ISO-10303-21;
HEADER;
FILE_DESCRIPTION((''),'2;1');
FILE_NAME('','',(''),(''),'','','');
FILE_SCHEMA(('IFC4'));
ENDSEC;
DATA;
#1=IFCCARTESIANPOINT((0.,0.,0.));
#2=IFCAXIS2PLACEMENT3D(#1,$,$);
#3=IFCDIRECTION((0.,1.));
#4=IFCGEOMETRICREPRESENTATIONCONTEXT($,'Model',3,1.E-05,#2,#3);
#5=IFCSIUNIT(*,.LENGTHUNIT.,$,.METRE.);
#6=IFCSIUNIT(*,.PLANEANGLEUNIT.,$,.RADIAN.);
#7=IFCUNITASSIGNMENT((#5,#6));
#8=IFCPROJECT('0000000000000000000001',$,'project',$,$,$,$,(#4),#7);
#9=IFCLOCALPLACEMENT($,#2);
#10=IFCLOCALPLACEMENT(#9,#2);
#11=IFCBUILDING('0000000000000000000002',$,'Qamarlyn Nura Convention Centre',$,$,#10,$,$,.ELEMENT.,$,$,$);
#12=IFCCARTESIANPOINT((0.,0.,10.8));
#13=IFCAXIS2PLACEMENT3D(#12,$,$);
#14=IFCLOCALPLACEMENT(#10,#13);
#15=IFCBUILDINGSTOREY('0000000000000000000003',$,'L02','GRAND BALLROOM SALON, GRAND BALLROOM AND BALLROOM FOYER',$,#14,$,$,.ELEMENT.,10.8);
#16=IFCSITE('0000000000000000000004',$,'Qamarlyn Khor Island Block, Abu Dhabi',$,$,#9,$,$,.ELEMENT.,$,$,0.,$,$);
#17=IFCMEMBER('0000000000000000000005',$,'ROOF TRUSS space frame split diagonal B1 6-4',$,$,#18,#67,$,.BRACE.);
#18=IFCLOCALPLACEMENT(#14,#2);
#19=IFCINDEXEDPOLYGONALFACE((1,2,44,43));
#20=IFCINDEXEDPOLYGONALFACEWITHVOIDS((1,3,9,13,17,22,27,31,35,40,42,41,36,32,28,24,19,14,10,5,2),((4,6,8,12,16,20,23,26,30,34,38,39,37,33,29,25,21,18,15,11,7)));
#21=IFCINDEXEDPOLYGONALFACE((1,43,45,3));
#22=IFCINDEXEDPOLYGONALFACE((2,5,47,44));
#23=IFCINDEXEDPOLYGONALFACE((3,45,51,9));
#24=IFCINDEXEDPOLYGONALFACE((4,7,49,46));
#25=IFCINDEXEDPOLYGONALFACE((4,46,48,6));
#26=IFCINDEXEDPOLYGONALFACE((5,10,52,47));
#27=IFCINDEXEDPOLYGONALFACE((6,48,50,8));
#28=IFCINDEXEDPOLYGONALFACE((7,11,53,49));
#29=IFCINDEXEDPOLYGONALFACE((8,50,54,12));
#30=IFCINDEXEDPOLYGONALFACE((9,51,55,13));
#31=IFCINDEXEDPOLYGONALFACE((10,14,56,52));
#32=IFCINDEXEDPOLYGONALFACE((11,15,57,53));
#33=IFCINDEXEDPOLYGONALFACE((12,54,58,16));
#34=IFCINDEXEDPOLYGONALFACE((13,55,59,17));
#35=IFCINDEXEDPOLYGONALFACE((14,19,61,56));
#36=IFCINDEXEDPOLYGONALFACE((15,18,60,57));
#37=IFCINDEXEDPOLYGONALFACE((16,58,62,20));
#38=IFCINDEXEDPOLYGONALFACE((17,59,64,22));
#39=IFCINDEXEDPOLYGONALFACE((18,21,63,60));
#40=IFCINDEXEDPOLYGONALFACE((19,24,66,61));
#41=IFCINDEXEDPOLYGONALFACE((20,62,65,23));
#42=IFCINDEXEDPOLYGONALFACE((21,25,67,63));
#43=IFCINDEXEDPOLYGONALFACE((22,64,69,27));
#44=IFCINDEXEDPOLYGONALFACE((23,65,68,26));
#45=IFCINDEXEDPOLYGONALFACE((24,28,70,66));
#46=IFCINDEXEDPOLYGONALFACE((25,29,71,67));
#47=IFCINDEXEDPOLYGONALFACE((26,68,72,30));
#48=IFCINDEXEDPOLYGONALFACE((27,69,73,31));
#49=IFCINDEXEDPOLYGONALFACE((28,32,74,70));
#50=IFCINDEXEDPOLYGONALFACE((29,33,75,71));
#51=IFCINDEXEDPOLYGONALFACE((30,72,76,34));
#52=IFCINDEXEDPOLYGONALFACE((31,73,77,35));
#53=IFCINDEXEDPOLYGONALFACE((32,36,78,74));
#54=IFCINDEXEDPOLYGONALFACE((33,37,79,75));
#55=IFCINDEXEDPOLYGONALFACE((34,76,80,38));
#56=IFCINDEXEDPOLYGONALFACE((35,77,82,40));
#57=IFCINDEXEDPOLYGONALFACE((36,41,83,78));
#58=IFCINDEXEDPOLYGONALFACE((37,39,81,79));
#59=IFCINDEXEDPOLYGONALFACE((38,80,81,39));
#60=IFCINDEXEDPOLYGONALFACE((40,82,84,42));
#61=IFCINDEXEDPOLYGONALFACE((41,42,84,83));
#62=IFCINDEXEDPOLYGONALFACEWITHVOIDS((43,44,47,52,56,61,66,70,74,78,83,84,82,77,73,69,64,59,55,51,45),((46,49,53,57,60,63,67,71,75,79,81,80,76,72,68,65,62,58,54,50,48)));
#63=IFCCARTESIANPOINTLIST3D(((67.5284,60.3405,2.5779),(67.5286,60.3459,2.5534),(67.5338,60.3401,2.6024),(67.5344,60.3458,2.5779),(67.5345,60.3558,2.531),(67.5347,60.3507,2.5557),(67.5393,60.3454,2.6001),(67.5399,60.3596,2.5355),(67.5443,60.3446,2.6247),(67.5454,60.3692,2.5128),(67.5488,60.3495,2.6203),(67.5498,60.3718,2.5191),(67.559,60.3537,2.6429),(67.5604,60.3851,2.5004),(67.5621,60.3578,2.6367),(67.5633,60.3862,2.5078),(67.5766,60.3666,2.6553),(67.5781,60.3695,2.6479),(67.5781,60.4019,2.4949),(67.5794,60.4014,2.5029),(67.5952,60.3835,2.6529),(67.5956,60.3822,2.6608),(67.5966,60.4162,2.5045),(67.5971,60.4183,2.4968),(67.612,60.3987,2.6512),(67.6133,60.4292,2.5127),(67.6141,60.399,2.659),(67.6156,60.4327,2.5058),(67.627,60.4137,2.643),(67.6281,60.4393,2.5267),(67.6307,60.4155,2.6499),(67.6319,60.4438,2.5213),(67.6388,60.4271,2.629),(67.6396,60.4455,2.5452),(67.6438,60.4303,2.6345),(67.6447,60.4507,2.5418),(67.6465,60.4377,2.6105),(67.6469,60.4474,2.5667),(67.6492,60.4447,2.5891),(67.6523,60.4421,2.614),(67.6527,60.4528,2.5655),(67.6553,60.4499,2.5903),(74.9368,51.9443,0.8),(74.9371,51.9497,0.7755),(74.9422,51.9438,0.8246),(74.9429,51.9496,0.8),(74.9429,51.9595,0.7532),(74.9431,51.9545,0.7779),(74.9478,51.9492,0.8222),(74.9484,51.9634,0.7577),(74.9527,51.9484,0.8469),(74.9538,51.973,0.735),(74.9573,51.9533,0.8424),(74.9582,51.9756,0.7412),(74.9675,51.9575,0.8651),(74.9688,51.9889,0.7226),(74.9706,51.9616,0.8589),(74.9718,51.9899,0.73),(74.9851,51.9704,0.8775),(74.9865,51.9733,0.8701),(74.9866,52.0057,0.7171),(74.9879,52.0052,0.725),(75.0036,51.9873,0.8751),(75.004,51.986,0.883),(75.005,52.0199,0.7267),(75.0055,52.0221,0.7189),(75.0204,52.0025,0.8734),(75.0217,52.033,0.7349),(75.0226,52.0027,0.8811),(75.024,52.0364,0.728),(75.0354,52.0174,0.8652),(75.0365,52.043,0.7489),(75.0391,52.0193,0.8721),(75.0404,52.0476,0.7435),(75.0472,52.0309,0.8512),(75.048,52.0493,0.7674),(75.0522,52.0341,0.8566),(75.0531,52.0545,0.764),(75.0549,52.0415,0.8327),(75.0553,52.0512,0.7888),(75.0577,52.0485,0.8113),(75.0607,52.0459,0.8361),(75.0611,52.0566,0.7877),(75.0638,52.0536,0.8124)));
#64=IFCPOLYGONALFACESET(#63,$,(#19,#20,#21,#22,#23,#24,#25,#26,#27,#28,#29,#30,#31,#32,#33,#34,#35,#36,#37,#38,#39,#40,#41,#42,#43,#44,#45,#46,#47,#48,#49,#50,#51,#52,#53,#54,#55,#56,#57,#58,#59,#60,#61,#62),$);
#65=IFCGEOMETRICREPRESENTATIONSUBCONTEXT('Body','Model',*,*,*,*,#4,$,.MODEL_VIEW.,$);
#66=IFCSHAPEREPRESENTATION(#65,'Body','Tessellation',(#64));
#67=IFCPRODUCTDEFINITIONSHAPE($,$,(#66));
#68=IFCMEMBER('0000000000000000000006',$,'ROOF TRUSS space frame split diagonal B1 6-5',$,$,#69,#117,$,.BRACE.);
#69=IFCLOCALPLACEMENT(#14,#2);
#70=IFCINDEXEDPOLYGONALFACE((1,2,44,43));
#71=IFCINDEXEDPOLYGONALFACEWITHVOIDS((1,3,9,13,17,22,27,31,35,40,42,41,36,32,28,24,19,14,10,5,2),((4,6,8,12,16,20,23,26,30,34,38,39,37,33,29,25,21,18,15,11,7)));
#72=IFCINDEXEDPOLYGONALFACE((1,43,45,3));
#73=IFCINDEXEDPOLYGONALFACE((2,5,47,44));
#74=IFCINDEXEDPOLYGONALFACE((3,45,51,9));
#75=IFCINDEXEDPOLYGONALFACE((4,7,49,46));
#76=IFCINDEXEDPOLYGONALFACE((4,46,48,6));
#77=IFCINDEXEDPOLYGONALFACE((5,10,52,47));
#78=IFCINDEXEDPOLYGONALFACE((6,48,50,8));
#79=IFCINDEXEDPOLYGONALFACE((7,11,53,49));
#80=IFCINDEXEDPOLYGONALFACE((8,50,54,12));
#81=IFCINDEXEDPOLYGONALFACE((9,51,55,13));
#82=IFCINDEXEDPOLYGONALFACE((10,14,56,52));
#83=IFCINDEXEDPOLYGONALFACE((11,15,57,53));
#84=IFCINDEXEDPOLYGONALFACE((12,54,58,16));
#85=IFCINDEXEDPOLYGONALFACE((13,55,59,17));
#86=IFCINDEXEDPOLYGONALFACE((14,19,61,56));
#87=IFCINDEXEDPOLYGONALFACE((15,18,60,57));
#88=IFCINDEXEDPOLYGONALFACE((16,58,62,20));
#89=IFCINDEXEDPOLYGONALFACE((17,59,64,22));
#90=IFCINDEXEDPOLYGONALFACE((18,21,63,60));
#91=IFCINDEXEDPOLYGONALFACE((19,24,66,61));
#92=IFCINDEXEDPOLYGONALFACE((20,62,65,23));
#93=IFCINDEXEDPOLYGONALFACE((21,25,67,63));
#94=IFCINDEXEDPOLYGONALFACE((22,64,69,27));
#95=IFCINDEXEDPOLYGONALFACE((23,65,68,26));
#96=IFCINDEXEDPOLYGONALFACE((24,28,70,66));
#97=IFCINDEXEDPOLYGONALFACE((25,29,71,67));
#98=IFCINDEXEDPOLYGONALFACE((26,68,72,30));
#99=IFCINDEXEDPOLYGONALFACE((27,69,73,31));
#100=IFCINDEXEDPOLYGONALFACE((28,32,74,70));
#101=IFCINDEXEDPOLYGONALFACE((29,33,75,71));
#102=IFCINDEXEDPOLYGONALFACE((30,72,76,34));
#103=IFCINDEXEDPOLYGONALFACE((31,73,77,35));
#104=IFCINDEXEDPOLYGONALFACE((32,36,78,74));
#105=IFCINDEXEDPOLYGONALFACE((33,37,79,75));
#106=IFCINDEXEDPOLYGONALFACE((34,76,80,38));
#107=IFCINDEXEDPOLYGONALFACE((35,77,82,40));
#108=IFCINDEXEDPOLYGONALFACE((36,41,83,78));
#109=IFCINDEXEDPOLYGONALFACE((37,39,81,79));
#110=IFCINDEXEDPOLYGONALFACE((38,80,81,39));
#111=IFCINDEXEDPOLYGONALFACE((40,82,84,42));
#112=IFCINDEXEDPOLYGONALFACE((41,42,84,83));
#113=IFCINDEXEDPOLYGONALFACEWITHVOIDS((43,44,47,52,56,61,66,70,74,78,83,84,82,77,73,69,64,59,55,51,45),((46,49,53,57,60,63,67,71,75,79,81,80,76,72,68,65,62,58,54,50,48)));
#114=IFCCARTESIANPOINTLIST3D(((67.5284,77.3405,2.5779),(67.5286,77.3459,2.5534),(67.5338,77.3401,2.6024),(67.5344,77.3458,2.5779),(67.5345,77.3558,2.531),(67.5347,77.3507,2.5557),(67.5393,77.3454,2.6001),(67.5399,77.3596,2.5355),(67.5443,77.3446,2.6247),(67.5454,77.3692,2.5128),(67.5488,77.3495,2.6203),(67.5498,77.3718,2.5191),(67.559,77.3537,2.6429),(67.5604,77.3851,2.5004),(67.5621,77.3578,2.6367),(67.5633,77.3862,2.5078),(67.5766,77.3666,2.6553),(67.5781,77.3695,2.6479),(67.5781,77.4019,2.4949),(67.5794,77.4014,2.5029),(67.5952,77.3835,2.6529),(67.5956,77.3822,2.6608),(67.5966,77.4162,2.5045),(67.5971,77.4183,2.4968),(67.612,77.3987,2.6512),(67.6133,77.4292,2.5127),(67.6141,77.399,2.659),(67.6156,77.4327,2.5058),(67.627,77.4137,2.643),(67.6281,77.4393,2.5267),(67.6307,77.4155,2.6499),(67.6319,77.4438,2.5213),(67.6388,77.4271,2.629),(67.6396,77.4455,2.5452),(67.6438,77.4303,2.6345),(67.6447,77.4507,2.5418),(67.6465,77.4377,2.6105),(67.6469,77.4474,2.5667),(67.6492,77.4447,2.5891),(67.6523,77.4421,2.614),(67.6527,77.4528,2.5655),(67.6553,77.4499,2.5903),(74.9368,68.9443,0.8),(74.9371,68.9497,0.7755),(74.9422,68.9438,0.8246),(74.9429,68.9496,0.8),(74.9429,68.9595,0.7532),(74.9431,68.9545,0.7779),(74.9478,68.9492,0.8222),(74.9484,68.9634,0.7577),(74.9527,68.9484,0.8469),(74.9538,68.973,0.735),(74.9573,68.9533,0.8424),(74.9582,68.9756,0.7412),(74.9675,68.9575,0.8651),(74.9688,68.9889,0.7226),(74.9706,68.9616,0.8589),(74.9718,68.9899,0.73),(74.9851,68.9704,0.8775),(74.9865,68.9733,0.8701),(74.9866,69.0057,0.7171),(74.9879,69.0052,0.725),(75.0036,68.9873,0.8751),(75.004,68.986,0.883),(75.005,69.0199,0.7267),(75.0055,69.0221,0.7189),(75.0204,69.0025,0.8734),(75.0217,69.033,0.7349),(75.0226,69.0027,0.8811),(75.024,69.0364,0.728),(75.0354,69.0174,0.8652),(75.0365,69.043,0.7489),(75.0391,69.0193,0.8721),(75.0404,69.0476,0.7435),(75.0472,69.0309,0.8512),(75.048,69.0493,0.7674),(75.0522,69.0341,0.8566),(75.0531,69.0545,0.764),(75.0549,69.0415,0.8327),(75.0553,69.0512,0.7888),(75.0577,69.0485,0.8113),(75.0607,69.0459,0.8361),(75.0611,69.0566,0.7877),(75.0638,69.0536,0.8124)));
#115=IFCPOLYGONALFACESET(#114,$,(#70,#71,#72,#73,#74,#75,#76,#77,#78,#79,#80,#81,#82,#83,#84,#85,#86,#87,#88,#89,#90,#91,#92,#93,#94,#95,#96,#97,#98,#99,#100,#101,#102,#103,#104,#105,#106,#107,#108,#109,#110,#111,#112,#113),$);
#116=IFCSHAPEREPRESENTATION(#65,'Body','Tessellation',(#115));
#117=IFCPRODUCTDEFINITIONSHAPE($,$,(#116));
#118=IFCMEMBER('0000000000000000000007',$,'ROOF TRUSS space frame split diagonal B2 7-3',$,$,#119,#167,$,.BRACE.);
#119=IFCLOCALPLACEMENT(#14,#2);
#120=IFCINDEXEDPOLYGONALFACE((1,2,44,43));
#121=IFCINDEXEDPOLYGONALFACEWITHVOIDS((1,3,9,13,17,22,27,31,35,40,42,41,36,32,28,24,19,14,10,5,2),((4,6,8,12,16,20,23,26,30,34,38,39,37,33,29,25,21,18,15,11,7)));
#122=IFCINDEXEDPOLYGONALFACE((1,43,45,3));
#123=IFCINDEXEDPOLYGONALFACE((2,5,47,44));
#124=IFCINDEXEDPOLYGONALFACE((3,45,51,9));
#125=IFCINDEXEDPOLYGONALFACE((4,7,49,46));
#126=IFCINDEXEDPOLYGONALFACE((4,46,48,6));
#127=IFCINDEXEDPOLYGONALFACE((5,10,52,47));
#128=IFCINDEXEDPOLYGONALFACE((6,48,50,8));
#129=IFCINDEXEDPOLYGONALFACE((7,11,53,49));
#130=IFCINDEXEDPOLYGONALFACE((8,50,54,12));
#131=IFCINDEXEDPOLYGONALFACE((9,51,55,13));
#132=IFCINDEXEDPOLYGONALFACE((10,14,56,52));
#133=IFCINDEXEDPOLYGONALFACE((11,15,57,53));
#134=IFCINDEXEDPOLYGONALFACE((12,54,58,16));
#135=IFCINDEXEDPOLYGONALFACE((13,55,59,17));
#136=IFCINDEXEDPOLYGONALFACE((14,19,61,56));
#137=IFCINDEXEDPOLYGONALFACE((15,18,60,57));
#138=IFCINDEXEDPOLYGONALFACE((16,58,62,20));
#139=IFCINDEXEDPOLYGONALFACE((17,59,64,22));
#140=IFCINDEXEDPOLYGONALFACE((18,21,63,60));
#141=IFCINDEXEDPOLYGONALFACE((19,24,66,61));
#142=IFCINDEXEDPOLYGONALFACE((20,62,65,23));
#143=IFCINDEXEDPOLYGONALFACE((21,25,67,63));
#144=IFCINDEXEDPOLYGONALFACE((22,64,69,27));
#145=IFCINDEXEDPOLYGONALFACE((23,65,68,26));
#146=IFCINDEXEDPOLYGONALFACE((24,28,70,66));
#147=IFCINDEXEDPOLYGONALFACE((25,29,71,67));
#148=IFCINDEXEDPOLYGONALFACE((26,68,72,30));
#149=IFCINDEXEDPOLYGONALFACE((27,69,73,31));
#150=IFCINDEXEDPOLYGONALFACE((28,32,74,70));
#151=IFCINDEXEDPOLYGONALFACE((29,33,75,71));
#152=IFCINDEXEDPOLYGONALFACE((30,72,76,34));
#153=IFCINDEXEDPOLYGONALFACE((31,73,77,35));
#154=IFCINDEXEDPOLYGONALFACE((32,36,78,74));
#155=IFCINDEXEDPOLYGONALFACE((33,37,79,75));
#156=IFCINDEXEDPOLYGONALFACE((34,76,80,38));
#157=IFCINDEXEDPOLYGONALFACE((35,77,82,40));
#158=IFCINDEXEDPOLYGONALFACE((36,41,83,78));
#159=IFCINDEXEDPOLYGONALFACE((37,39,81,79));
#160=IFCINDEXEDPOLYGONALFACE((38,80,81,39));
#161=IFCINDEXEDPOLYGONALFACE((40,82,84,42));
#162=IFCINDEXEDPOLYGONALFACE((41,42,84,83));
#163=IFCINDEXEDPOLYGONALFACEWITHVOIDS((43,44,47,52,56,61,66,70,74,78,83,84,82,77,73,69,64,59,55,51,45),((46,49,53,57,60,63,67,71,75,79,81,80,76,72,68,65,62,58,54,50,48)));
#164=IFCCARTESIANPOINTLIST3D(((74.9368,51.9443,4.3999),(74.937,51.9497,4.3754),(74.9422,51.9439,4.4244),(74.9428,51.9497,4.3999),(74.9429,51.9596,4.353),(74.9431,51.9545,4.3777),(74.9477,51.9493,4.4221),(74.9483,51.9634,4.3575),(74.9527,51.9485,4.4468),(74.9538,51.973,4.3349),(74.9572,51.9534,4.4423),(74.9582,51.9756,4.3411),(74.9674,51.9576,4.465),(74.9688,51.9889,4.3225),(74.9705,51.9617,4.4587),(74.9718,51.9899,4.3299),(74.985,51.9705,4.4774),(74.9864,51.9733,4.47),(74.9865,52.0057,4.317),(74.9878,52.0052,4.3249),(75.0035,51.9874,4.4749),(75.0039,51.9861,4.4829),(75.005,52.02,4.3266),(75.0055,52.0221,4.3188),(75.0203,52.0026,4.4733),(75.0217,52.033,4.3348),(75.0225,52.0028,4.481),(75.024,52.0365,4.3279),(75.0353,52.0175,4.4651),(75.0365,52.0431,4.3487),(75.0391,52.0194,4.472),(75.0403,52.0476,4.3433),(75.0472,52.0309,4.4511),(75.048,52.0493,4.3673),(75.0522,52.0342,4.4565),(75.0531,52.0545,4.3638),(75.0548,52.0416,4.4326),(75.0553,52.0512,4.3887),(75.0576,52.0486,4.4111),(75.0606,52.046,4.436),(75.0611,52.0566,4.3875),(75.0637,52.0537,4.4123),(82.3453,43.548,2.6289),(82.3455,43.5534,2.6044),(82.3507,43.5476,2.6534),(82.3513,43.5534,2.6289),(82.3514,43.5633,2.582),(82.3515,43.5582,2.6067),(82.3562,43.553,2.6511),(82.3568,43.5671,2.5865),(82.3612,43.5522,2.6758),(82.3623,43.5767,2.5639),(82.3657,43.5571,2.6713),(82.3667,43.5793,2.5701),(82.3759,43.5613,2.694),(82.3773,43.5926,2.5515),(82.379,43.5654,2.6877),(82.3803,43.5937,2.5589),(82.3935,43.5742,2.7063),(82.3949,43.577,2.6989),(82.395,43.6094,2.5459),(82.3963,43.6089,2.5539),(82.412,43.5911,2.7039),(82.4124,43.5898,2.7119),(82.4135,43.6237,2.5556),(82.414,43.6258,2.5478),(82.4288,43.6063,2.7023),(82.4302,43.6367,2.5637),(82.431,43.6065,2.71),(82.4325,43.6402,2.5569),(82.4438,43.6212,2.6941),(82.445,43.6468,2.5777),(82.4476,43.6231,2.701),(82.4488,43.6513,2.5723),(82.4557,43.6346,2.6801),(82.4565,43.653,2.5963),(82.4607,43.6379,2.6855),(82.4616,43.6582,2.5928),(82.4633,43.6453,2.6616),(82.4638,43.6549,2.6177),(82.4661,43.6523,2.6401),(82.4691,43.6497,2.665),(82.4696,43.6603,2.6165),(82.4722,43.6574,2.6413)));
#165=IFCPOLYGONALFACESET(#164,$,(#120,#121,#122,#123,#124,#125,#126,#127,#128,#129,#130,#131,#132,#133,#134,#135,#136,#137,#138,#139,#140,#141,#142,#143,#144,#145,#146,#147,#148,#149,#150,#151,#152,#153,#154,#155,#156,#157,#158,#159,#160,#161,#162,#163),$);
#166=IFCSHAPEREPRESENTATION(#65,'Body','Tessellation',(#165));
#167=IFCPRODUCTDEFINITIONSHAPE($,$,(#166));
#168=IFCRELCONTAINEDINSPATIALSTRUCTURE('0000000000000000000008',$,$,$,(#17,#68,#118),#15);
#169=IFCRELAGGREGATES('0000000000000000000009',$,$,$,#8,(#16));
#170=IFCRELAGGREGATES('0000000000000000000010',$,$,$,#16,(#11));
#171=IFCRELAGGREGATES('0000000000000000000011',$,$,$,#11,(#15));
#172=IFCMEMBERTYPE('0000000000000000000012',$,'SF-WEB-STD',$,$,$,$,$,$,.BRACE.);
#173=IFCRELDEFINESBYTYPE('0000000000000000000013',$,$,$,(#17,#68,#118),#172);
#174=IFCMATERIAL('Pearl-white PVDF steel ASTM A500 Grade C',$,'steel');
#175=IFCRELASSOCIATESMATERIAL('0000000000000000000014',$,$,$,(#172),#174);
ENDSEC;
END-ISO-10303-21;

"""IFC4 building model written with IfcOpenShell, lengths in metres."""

from ifc_helpers import new_model, si_unit, direction, frame, origin, origin_2d, place, context, subcontext, project, spatial, hollow_circle, extrude, material, material_profile, profile_set, type_object, element, save


model = new_model("IFC4")

# Units and contexts
model_context = context("Model", 3, precision=1e-05, world=origin(), true_north=direction((0.0, 1.0)))
body_context = subcontext(model_context, "Body", "Model", "MODEL_VIEW")
ifc_project = project(units=[si_unit("LENGTHUNIT", "METRE"), si_unit("PLANEANGLEUNIT", "RADIAN")], contexts=[model_context])

# Site, building, storey
site_placement = place(None, origin())
site = spatial("IfcSite", under=ifc_project, at=site_placement, Name="Qamarlyn Khor Island Block, Abu Dhabi", CompositionType="ELEMENT", RefElevation=0.0)
building_placement = place(site_placement, origin())
building = spatial("IfcBuilding", under=site, at=building_placement, Name="Qamarlyn Nura Convention Centre", CompositionType="ELEMENT")
storey_placement = place(building_placement, frame((0.0, 0.0, 10.8)))
storey = spatial("IfcBuildingStorey", under=building, at=storey_placement, Name="L02", Description="GRAND BALLROOM SALON, GRAND BALLROOM AND BALLROOM FOYER", CompositionType="ELEMENT", Elevation=10.8)

# Members
ifc_material_1 = material(Name="Pearl-white PVDF steel ASTM A500 Grade C", Category="steel")
ifc_material_profile_1 = material_profile(ifc_material_1, hollow_circle(Radius=0.0842, WallThickness=0.0081, at=origin_2d()), Name="CHS168.3X8")
ifc_profile_set_1 = profile_set([ifc_material_profile_1], Name="Pearl-white PVDF steel ASTM A500 Grade C")
member_type_1 = type_object("IfcMemberType", Name="SF-WEB-STD", PredefinedType="BRACE", material=ifc_profile_set_1)
for number, where, z_axis, x_axis, name in (
    (1, (75.0, 52.0, 0.8), (-0.653437, 0.740562, 0.156808), (-0.749838, -0.661622, 0.0), "ROOF TRUSS space frame split diagonal B1 6-4"),
    (2, (75.0, 69.0, 0.8), (-0.653437, 0.740562, 0.156808), (-0.749838, -0.661622, 0.0), "ROOF TRUSS space frame split diagonal B1 6-5"),
):
    element("IfcMember", number, at=place(storey_placement, frame(where, z_axis=z_axis, x_axis=x_axis)), inside=storey, type_object=member_type_1, Name=name, PredefinedType="BRACE", context=body_context, shape_type="SweptSolid", body=[
        extrude(hollow_circle(Radius=0.0842, WallThickness=0.0081, at=origin_2d()), origin(), (0.0, 0.0, 1.0), 11.3376),
    ])
member_1_placement = place(storey_placement, frame((82.4084, 43.6038, 2.6289), z_axis=(-0.653498, 0.740632, 0.156219), x_axis=(-0.749838, -0.661622, 0.0)))
element("IfcMember", 3, at=member_1_placement, inside=storey, type_object=member_type_1, Name="ROOF TRUSS space frame split diagonal B2 7-3", PredefinedType="BRACE", context=body_context, shape_type="SweptSolid", body=[
    extrude(hollow_circle(Radius=0.0842, WallThickness=0.0081, at=origin_2d()), origin(), (0.0, 0.0, 1.0), 11.3367),
])

save(model, "model.ifc")
